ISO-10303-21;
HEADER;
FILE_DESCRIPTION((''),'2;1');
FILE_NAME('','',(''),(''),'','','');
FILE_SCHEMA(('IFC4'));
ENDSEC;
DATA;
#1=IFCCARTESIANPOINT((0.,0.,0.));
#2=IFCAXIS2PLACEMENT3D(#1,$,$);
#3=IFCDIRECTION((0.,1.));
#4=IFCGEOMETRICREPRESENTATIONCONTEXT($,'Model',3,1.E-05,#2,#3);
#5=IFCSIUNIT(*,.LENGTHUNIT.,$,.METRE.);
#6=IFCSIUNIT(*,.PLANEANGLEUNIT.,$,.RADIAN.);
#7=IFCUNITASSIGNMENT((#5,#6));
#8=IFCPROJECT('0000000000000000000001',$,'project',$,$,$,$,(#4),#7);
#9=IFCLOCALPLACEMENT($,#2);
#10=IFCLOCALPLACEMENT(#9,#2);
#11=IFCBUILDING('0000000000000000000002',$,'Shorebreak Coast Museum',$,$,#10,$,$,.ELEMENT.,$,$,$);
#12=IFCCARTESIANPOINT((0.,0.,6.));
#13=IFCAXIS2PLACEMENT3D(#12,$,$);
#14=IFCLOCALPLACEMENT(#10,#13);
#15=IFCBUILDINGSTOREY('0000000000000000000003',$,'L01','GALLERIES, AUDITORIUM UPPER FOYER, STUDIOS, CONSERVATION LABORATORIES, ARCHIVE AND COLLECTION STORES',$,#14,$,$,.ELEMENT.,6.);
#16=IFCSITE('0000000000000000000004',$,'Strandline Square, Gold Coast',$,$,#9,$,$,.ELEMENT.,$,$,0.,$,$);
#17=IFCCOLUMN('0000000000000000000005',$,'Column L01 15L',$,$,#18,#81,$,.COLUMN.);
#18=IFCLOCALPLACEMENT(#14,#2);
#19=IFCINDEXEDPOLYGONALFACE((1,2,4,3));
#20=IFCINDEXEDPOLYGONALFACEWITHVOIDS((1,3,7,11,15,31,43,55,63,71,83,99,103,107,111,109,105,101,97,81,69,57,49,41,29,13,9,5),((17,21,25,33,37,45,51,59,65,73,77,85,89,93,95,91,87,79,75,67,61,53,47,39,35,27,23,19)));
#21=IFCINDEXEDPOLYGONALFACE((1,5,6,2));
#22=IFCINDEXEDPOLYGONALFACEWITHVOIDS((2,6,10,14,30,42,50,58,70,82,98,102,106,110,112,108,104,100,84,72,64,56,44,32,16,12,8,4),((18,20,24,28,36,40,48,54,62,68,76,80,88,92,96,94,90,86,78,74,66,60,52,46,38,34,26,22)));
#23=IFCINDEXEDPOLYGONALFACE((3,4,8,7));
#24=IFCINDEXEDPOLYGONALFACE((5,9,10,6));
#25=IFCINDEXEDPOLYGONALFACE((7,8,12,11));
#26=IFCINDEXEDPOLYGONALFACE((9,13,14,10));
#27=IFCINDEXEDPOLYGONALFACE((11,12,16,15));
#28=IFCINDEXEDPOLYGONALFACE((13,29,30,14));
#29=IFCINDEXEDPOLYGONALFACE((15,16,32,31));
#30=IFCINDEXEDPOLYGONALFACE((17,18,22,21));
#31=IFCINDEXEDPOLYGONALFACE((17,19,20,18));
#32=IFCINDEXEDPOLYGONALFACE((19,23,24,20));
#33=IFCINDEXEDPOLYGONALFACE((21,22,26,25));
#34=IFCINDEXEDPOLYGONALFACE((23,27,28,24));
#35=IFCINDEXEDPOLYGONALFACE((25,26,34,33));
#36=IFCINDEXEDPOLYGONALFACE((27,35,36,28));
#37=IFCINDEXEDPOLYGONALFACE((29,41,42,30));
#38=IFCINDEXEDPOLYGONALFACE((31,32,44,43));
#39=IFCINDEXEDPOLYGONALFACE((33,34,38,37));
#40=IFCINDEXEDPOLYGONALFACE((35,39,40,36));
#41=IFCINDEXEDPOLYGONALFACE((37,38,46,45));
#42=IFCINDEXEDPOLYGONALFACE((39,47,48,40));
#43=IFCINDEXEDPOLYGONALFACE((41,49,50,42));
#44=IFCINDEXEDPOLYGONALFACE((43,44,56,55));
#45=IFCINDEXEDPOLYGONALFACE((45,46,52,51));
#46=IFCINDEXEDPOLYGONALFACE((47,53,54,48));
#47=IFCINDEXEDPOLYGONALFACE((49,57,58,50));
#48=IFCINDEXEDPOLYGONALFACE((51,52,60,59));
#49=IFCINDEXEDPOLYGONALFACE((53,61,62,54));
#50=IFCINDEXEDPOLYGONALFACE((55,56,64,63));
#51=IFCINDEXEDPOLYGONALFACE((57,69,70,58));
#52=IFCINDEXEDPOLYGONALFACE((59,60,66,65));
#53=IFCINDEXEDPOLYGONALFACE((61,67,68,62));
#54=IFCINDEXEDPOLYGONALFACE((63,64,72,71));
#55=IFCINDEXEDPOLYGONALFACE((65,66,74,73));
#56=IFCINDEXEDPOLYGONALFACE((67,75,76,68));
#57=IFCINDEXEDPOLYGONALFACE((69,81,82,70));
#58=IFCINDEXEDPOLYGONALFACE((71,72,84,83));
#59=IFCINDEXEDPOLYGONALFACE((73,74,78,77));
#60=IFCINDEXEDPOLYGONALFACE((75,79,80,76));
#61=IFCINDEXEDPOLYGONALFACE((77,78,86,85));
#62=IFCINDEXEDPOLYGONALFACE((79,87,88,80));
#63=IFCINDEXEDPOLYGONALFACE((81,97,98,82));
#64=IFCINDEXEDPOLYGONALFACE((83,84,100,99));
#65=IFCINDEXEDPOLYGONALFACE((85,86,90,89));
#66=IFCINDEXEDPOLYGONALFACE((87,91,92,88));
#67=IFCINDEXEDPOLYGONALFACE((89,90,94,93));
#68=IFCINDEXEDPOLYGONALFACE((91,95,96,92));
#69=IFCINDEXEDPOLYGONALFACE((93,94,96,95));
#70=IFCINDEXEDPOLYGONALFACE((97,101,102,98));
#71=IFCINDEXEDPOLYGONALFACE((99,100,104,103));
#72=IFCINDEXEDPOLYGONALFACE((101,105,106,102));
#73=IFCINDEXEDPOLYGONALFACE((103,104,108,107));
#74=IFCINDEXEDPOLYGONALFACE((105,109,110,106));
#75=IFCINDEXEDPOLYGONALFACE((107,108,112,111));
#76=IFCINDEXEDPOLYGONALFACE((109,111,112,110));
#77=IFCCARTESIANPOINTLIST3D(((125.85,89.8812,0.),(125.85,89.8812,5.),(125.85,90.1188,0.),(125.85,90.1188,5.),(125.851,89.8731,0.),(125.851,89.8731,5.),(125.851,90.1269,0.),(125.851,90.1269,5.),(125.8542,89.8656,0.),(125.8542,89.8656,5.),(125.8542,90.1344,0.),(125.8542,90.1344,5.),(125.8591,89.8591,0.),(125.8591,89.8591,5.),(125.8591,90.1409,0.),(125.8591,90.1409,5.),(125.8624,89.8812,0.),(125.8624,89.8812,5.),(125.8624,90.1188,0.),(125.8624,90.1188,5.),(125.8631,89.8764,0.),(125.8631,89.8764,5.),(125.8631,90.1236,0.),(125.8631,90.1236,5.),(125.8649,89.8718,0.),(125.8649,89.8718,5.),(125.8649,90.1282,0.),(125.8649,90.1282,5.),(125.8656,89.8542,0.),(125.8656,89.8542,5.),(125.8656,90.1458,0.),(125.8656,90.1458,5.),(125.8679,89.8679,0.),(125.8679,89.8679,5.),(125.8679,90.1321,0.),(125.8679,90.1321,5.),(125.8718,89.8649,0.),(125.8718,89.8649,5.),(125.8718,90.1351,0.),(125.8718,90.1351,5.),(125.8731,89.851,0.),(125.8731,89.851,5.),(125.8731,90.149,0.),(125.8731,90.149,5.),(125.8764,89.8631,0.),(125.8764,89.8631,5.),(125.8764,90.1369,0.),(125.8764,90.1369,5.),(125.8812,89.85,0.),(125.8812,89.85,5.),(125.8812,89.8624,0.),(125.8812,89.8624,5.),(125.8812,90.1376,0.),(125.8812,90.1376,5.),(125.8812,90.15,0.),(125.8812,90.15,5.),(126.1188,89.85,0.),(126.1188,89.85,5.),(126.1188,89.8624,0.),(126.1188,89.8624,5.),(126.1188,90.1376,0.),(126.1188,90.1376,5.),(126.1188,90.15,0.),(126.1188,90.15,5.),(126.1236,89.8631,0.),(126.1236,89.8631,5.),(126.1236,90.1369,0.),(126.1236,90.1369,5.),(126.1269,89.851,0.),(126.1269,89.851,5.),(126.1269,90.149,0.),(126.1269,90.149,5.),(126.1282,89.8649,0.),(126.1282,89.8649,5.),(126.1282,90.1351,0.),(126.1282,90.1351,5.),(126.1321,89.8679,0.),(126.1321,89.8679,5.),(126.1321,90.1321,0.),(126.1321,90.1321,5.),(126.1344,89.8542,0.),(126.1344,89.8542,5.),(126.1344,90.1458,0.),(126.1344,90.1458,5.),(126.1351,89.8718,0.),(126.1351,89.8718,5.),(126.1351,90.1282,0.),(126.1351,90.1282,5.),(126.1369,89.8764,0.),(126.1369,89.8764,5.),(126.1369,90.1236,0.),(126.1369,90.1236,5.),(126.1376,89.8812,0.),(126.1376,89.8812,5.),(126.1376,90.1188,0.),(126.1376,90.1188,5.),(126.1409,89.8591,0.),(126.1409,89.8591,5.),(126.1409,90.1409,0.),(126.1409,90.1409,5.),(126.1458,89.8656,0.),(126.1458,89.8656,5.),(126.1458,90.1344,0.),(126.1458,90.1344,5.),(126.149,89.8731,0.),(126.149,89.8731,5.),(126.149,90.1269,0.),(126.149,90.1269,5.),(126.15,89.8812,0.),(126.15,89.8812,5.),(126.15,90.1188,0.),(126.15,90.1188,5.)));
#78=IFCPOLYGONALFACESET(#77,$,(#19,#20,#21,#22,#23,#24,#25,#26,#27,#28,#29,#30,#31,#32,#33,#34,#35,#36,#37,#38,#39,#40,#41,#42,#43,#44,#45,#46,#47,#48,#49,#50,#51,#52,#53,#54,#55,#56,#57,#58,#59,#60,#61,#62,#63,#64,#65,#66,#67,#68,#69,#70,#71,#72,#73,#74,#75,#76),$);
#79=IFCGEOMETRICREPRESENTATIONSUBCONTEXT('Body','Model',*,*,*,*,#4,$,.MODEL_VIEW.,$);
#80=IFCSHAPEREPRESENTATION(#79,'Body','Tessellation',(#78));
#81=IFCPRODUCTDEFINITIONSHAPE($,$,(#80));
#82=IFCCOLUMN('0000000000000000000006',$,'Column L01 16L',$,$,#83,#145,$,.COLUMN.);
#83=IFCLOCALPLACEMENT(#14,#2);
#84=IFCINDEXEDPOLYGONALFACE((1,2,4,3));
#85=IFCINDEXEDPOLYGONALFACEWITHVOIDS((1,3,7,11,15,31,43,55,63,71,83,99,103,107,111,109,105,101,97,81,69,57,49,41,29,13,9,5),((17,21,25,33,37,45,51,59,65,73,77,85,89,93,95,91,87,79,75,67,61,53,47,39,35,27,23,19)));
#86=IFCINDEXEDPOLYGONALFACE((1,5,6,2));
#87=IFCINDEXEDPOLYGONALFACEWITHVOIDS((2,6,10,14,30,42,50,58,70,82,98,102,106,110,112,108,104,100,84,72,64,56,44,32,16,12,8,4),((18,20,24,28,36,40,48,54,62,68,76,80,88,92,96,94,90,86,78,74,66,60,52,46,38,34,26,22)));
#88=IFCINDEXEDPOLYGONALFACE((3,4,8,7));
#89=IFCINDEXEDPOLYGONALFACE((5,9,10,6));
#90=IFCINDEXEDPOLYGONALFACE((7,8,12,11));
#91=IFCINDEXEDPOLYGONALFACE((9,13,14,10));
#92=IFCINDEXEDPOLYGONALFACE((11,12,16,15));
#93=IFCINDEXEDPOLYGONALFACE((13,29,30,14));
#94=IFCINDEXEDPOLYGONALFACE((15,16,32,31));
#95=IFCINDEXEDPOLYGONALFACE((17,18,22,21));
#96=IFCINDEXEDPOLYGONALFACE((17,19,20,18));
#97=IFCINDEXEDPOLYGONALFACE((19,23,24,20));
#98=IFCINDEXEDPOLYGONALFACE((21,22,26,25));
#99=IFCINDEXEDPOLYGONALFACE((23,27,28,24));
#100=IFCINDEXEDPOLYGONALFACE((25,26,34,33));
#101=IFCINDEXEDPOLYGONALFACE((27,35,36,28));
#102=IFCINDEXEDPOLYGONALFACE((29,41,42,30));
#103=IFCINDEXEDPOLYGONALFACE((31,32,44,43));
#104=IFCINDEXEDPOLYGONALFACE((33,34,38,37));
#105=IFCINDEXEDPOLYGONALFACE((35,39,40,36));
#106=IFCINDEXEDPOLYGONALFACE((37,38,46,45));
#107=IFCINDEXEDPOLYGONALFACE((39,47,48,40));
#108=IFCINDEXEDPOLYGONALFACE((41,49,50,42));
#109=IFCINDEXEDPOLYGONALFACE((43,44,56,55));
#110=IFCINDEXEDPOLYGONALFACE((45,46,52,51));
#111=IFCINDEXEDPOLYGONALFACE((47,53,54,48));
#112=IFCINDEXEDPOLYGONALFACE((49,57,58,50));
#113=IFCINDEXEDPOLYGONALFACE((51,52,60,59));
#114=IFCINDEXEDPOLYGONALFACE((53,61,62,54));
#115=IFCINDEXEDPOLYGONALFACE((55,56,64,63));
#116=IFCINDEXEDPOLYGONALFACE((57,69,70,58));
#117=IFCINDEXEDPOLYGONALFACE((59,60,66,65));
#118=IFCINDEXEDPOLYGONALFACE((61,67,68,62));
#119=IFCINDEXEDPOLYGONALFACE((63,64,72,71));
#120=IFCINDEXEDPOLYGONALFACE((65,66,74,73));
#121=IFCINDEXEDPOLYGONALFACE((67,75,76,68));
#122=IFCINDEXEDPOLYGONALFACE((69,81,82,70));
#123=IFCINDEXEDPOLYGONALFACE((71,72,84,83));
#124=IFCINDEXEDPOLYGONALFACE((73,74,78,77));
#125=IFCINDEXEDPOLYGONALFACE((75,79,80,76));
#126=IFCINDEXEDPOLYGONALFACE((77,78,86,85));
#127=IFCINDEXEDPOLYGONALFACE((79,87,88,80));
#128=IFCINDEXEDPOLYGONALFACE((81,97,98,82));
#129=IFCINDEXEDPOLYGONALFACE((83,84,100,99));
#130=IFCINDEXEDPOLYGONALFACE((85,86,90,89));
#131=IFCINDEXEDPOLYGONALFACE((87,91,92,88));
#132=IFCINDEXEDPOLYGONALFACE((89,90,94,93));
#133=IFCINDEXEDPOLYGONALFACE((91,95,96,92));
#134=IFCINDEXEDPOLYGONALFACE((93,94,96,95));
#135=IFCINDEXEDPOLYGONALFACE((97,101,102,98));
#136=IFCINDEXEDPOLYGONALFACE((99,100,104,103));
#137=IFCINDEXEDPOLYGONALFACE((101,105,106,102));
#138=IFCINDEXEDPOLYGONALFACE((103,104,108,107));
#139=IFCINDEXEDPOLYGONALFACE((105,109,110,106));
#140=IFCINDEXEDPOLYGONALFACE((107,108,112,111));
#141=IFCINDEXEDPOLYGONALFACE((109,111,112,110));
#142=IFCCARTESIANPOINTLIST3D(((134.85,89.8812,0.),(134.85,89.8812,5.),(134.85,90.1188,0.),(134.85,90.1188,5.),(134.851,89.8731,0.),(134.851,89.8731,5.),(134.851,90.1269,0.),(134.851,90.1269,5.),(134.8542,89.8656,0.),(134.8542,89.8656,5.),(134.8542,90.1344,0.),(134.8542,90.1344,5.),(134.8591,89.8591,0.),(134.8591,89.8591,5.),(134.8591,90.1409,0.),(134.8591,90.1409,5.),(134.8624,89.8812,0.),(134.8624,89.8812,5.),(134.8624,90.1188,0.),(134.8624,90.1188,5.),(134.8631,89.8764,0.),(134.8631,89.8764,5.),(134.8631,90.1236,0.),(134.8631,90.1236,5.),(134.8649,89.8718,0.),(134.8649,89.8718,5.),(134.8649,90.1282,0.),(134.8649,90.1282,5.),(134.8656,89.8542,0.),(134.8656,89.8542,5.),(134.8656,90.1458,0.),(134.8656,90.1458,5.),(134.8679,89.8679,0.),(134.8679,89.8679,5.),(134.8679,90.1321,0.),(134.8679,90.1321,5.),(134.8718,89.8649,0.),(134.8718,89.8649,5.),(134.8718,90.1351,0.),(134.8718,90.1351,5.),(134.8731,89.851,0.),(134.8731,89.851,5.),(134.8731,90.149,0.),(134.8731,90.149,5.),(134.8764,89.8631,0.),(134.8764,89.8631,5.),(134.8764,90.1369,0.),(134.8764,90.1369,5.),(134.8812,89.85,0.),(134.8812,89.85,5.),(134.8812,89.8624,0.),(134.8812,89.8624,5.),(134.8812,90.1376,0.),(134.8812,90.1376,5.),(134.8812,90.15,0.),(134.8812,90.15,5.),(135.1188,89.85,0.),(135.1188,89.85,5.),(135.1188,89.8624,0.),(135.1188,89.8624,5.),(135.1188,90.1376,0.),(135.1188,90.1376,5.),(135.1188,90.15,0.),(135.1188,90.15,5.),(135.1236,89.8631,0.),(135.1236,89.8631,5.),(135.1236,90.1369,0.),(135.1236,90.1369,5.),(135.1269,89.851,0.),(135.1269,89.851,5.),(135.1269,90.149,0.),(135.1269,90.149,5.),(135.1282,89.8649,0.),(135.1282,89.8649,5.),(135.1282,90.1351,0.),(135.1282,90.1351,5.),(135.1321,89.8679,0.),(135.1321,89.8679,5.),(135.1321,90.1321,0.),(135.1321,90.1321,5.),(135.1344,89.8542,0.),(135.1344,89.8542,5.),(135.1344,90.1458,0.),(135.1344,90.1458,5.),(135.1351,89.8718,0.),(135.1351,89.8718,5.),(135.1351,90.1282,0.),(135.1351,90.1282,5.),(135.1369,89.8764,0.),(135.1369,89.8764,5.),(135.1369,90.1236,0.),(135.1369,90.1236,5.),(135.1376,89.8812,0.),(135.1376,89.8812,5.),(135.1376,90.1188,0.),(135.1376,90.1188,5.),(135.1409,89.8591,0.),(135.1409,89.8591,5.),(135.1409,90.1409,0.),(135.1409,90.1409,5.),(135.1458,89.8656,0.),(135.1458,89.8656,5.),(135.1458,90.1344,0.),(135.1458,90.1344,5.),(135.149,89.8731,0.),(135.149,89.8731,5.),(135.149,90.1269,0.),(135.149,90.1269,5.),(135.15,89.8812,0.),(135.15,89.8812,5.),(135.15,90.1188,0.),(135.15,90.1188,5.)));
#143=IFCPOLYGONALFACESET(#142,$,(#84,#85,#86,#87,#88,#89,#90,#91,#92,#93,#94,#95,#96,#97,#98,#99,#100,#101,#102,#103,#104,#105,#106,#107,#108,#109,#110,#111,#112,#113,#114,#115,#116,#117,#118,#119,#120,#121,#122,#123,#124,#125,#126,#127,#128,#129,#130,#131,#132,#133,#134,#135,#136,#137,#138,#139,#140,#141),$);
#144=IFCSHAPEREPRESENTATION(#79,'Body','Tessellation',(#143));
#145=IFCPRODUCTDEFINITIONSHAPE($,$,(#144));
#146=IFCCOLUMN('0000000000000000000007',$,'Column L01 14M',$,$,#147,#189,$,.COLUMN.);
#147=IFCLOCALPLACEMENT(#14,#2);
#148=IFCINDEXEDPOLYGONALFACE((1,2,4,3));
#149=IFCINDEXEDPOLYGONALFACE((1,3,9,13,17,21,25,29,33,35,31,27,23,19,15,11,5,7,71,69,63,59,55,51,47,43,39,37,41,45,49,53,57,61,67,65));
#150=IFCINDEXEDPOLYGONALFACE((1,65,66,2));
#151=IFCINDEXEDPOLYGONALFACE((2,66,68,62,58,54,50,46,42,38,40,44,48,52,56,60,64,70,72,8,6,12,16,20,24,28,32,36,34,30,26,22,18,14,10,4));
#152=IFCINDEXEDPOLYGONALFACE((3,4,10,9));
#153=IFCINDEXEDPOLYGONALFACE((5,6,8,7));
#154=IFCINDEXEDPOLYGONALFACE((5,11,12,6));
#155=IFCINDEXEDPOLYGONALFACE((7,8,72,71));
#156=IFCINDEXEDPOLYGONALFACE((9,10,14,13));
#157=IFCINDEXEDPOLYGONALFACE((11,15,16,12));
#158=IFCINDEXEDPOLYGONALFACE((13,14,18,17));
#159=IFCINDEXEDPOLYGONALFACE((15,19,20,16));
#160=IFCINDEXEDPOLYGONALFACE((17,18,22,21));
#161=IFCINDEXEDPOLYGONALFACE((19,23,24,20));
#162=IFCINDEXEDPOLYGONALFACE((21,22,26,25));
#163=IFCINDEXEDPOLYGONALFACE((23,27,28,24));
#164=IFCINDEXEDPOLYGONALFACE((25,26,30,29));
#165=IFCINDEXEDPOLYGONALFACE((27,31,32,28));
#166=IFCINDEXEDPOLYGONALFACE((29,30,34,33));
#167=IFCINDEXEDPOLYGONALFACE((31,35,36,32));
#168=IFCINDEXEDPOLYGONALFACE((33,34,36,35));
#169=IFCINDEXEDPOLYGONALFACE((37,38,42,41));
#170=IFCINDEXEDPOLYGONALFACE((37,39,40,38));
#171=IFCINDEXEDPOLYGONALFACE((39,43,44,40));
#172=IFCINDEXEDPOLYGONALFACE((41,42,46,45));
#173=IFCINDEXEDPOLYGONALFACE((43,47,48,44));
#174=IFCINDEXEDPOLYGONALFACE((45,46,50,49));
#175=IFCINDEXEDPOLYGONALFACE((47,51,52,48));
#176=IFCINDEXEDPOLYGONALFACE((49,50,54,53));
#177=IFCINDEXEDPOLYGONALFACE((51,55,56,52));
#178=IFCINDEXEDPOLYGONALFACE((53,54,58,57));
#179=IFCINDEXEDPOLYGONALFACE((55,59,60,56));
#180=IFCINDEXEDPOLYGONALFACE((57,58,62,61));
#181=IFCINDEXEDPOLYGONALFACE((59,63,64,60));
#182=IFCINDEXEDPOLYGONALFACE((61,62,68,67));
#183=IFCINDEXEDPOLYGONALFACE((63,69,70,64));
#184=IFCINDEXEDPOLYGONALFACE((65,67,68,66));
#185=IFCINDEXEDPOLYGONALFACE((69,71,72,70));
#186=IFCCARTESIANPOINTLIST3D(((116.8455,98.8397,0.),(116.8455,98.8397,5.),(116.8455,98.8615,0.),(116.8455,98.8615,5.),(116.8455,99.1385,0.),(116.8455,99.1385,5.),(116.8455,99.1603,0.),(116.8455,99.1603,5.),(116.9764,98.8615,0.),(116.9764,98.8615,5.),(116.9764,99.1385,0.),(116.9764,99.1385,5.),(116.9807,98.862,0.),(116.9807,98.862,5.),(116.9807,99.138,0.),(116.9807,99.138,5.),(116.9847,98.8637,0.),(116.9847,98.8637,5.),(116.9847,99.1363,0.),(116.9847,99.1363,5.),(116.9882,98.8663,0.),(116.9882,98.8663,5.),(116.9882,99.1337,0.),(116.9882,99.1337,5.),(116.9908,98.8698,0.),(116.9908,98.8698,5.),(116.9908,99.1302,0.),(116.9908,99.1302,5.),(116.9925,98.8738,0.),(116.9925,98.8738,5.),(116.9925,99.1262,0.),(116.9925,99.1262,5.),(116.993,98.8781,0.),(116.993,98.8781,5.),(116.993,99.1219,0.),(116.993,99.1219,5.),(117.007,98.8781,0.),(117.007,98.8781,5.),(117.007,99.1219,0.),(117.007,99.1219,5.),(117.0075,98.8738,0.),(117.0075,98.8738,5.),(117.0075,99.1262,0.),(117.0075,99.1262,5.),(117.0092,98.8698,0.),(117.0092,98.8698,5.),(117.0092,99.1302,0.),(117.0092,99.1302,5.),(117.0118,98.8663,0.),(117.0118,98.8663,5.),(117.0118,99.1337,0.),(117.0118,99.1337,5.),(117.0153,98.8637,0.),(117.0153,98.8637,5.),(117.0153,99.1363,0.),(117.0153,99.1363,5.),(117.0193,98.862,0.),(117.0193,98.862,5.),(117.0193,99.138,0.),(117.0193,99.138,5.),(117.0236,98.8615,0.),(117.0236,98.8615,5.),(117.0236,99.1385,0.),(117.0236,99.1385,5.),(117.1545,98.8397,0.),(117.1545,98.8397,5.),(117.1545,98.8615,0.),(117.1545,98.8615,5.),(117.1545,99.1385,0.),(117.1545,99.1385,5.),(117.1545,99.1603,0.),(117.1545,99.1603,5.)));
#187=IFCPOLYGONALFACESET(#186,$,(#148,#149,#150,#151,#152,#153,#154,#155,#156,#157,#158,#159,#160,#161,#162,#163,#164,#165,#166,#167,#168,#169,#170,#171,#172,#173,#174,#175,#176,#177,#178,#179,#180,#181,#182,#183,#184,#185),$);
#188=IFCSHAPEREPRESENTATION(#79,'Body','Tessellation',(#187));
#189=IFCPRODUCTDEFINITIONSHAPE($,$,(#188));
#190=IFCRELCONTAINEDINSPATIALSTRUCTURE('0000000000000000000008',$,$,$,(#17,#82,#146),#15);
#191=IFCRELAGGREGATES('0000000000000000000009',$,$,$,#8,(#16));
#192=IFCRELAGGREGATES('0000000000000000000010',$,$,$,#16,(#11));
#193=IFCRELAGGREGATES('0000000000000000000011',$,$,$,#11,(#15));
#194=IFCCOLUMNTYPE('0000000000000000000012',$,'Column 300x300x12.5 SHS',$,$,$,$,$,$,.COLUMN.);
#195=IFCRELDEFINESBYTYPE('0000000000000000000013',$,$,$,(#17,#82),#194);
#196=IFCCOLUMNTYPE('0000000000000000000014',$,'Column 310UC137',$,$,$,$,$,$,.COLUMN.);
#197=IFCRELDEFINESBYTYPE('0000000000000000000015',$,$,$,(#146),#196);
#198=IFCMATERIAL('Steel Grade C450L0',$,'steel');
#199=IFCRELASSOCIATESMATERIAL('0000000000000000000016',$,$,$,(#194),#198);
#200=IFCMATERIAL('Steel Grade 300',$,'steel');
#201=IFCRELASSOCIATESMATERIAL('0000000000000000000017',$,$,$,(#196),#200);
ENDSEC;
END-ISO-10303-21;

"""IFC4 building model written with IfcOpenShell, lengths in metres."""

from ifc_helpers import new_model, si_unit, direction, frame, origin, origin_2d, place, context, subcontext, project, spatial, hollow_rectangle, i_section, extrude, material, material_profile, profile_set, type_object, element, save


model = new_model("IFC4")

# Units and contexts
model_context = context("Model", 3, precision=1e-05, world=origin(), true_north=direction((0.0, 1.0)))
body_context = subcontext(model_context, "Body", "Model", "MODEL_VIEW")
ifc_project = project(units=[si_unit("LENGTHUNIT", "METRE"), si_unit("PLANEANGLEUNIT", "RADIAN")], contexts=[model_context])

# Site, building, storey
site_placement = place(None, origin())
site = spatial("IfcSite", under=ifc_project, at=site_placement, Name="Strandline Square, Gold Coast", CompositionType="ELEMENT", RefElevation=0.0)
building_placement = place(site_placement, origin())
building = spatial("IfcBuilding", under=site, at=building_placement, Name="Shorebreak Coast Museum", CompositionType="ELEMENT")
storey_placement = place(building_placement, frame((0.0, 0.0, 6.0)))
storey = spatial("IfcBuildingStorey", under=building, at=storey_placement, Name="L01", Description="GALLERIES, AUDITORIUM UPPER FOYER, STUDIOS, CONSERVATION LABORATORIES, ARCHIVE AND COLLECTION STORES", CompositionType="ELEMENT", Elevation=6.0)

# Columns
ifc_material_1 = material(Name="Steel Grade C450L0", Category="steel")
ifc_material_profile_1 = material_profile(ifc_material_1, hollow_rectangle(XDim=0.3, YDim=0.3, WallThickness=0.0125, InnerFilletRadius=0.0188, OuterFilletRadius=0.0312, at=origin_2d()), Name="300x300x12.5 SHS")
ifc_profile_set_1 = profile_set([ifc_material_profile_1], Name="Steel Grade C450L0")
column_type_1 = type_object("IfcColumnType", Name="Column 300x300x12.5 SHS", PredefinedType="COLUMN", material=ifc_profile_set_1)
for number, where, z_axis, x_axis, name in (
    (1, (126.0, 90.0, 0.0), (0.0, 0.0, 1.0), (1.0, 0.0, 0.0), "Column L01 15L"),
    (2, (135.0, 90.0, 0.0), (0.0, 0.0, 1.0), (1.0, 0.0, 0.0), "Column L01 16L"),
):
    element("IfcColumn", number, at=place(storey_placement, frame(where, z_axis=z_axis, x_axis=x_axis)), inside=storey, type_object=column_type_1, Name=name, PredefinedType="COLUMN", context=body_context, shape_type="SweptSolid", body=[
        extrude(hollow_rectangle(XDim=0.3, YDim=0.3, WallThickness=0.0125, InnerFilletRadius=0.0188, OuterFilletRadius=0.0312, at=origin_2d()), origin(), (0.0, 0.0, 1.0), 5.0),
    ])
ifc_material_2 = material(Name="Steel Grade 300", Category="steel")
ifc_material_profile_2 = material_profile(ifc_material_2, i_section(OverallWidth=0.3091, OverallDepth=0.3206, WebThickness=0.0139, FlangeThickness=0.0217, FilletRadius=0.0166, at=origin_2d()), Name="310UC137")
ifc_profile_set_2 = profile_set([ifc_material_profile_2], Name="Steel Grade 300")
column_type_2 = type_object("IfcColumnType", Name="Column 310UC137", PredefinedType="COLUMN", material=ifc_profile_set_2)
column_1_placement = place(storey_placement, frame((117.0, 99.0, 0.0), z_axis=(0.0, 0.0, 1.0), x_axis=(1.0, 0.0, 0.0)))
element("IfcColumn", 3, at=column_1_placement, inside=storey, type_object=column_type_2, Name="Column L01 14M", PredefinedType="COLUMN", context=body_context, shape_type="SweptSolid", body=[
    extrude(i_section(OverallWidth=0.3091, OverallDepth=0.3206, WebThickness=0.0139, FlangeThickness=0.0217, FilletRadius=0.0166, at=origin_2d()), origin(), (0.0, 0.0, 1.0), 5.0),
])

save(model, "model.ifc")
